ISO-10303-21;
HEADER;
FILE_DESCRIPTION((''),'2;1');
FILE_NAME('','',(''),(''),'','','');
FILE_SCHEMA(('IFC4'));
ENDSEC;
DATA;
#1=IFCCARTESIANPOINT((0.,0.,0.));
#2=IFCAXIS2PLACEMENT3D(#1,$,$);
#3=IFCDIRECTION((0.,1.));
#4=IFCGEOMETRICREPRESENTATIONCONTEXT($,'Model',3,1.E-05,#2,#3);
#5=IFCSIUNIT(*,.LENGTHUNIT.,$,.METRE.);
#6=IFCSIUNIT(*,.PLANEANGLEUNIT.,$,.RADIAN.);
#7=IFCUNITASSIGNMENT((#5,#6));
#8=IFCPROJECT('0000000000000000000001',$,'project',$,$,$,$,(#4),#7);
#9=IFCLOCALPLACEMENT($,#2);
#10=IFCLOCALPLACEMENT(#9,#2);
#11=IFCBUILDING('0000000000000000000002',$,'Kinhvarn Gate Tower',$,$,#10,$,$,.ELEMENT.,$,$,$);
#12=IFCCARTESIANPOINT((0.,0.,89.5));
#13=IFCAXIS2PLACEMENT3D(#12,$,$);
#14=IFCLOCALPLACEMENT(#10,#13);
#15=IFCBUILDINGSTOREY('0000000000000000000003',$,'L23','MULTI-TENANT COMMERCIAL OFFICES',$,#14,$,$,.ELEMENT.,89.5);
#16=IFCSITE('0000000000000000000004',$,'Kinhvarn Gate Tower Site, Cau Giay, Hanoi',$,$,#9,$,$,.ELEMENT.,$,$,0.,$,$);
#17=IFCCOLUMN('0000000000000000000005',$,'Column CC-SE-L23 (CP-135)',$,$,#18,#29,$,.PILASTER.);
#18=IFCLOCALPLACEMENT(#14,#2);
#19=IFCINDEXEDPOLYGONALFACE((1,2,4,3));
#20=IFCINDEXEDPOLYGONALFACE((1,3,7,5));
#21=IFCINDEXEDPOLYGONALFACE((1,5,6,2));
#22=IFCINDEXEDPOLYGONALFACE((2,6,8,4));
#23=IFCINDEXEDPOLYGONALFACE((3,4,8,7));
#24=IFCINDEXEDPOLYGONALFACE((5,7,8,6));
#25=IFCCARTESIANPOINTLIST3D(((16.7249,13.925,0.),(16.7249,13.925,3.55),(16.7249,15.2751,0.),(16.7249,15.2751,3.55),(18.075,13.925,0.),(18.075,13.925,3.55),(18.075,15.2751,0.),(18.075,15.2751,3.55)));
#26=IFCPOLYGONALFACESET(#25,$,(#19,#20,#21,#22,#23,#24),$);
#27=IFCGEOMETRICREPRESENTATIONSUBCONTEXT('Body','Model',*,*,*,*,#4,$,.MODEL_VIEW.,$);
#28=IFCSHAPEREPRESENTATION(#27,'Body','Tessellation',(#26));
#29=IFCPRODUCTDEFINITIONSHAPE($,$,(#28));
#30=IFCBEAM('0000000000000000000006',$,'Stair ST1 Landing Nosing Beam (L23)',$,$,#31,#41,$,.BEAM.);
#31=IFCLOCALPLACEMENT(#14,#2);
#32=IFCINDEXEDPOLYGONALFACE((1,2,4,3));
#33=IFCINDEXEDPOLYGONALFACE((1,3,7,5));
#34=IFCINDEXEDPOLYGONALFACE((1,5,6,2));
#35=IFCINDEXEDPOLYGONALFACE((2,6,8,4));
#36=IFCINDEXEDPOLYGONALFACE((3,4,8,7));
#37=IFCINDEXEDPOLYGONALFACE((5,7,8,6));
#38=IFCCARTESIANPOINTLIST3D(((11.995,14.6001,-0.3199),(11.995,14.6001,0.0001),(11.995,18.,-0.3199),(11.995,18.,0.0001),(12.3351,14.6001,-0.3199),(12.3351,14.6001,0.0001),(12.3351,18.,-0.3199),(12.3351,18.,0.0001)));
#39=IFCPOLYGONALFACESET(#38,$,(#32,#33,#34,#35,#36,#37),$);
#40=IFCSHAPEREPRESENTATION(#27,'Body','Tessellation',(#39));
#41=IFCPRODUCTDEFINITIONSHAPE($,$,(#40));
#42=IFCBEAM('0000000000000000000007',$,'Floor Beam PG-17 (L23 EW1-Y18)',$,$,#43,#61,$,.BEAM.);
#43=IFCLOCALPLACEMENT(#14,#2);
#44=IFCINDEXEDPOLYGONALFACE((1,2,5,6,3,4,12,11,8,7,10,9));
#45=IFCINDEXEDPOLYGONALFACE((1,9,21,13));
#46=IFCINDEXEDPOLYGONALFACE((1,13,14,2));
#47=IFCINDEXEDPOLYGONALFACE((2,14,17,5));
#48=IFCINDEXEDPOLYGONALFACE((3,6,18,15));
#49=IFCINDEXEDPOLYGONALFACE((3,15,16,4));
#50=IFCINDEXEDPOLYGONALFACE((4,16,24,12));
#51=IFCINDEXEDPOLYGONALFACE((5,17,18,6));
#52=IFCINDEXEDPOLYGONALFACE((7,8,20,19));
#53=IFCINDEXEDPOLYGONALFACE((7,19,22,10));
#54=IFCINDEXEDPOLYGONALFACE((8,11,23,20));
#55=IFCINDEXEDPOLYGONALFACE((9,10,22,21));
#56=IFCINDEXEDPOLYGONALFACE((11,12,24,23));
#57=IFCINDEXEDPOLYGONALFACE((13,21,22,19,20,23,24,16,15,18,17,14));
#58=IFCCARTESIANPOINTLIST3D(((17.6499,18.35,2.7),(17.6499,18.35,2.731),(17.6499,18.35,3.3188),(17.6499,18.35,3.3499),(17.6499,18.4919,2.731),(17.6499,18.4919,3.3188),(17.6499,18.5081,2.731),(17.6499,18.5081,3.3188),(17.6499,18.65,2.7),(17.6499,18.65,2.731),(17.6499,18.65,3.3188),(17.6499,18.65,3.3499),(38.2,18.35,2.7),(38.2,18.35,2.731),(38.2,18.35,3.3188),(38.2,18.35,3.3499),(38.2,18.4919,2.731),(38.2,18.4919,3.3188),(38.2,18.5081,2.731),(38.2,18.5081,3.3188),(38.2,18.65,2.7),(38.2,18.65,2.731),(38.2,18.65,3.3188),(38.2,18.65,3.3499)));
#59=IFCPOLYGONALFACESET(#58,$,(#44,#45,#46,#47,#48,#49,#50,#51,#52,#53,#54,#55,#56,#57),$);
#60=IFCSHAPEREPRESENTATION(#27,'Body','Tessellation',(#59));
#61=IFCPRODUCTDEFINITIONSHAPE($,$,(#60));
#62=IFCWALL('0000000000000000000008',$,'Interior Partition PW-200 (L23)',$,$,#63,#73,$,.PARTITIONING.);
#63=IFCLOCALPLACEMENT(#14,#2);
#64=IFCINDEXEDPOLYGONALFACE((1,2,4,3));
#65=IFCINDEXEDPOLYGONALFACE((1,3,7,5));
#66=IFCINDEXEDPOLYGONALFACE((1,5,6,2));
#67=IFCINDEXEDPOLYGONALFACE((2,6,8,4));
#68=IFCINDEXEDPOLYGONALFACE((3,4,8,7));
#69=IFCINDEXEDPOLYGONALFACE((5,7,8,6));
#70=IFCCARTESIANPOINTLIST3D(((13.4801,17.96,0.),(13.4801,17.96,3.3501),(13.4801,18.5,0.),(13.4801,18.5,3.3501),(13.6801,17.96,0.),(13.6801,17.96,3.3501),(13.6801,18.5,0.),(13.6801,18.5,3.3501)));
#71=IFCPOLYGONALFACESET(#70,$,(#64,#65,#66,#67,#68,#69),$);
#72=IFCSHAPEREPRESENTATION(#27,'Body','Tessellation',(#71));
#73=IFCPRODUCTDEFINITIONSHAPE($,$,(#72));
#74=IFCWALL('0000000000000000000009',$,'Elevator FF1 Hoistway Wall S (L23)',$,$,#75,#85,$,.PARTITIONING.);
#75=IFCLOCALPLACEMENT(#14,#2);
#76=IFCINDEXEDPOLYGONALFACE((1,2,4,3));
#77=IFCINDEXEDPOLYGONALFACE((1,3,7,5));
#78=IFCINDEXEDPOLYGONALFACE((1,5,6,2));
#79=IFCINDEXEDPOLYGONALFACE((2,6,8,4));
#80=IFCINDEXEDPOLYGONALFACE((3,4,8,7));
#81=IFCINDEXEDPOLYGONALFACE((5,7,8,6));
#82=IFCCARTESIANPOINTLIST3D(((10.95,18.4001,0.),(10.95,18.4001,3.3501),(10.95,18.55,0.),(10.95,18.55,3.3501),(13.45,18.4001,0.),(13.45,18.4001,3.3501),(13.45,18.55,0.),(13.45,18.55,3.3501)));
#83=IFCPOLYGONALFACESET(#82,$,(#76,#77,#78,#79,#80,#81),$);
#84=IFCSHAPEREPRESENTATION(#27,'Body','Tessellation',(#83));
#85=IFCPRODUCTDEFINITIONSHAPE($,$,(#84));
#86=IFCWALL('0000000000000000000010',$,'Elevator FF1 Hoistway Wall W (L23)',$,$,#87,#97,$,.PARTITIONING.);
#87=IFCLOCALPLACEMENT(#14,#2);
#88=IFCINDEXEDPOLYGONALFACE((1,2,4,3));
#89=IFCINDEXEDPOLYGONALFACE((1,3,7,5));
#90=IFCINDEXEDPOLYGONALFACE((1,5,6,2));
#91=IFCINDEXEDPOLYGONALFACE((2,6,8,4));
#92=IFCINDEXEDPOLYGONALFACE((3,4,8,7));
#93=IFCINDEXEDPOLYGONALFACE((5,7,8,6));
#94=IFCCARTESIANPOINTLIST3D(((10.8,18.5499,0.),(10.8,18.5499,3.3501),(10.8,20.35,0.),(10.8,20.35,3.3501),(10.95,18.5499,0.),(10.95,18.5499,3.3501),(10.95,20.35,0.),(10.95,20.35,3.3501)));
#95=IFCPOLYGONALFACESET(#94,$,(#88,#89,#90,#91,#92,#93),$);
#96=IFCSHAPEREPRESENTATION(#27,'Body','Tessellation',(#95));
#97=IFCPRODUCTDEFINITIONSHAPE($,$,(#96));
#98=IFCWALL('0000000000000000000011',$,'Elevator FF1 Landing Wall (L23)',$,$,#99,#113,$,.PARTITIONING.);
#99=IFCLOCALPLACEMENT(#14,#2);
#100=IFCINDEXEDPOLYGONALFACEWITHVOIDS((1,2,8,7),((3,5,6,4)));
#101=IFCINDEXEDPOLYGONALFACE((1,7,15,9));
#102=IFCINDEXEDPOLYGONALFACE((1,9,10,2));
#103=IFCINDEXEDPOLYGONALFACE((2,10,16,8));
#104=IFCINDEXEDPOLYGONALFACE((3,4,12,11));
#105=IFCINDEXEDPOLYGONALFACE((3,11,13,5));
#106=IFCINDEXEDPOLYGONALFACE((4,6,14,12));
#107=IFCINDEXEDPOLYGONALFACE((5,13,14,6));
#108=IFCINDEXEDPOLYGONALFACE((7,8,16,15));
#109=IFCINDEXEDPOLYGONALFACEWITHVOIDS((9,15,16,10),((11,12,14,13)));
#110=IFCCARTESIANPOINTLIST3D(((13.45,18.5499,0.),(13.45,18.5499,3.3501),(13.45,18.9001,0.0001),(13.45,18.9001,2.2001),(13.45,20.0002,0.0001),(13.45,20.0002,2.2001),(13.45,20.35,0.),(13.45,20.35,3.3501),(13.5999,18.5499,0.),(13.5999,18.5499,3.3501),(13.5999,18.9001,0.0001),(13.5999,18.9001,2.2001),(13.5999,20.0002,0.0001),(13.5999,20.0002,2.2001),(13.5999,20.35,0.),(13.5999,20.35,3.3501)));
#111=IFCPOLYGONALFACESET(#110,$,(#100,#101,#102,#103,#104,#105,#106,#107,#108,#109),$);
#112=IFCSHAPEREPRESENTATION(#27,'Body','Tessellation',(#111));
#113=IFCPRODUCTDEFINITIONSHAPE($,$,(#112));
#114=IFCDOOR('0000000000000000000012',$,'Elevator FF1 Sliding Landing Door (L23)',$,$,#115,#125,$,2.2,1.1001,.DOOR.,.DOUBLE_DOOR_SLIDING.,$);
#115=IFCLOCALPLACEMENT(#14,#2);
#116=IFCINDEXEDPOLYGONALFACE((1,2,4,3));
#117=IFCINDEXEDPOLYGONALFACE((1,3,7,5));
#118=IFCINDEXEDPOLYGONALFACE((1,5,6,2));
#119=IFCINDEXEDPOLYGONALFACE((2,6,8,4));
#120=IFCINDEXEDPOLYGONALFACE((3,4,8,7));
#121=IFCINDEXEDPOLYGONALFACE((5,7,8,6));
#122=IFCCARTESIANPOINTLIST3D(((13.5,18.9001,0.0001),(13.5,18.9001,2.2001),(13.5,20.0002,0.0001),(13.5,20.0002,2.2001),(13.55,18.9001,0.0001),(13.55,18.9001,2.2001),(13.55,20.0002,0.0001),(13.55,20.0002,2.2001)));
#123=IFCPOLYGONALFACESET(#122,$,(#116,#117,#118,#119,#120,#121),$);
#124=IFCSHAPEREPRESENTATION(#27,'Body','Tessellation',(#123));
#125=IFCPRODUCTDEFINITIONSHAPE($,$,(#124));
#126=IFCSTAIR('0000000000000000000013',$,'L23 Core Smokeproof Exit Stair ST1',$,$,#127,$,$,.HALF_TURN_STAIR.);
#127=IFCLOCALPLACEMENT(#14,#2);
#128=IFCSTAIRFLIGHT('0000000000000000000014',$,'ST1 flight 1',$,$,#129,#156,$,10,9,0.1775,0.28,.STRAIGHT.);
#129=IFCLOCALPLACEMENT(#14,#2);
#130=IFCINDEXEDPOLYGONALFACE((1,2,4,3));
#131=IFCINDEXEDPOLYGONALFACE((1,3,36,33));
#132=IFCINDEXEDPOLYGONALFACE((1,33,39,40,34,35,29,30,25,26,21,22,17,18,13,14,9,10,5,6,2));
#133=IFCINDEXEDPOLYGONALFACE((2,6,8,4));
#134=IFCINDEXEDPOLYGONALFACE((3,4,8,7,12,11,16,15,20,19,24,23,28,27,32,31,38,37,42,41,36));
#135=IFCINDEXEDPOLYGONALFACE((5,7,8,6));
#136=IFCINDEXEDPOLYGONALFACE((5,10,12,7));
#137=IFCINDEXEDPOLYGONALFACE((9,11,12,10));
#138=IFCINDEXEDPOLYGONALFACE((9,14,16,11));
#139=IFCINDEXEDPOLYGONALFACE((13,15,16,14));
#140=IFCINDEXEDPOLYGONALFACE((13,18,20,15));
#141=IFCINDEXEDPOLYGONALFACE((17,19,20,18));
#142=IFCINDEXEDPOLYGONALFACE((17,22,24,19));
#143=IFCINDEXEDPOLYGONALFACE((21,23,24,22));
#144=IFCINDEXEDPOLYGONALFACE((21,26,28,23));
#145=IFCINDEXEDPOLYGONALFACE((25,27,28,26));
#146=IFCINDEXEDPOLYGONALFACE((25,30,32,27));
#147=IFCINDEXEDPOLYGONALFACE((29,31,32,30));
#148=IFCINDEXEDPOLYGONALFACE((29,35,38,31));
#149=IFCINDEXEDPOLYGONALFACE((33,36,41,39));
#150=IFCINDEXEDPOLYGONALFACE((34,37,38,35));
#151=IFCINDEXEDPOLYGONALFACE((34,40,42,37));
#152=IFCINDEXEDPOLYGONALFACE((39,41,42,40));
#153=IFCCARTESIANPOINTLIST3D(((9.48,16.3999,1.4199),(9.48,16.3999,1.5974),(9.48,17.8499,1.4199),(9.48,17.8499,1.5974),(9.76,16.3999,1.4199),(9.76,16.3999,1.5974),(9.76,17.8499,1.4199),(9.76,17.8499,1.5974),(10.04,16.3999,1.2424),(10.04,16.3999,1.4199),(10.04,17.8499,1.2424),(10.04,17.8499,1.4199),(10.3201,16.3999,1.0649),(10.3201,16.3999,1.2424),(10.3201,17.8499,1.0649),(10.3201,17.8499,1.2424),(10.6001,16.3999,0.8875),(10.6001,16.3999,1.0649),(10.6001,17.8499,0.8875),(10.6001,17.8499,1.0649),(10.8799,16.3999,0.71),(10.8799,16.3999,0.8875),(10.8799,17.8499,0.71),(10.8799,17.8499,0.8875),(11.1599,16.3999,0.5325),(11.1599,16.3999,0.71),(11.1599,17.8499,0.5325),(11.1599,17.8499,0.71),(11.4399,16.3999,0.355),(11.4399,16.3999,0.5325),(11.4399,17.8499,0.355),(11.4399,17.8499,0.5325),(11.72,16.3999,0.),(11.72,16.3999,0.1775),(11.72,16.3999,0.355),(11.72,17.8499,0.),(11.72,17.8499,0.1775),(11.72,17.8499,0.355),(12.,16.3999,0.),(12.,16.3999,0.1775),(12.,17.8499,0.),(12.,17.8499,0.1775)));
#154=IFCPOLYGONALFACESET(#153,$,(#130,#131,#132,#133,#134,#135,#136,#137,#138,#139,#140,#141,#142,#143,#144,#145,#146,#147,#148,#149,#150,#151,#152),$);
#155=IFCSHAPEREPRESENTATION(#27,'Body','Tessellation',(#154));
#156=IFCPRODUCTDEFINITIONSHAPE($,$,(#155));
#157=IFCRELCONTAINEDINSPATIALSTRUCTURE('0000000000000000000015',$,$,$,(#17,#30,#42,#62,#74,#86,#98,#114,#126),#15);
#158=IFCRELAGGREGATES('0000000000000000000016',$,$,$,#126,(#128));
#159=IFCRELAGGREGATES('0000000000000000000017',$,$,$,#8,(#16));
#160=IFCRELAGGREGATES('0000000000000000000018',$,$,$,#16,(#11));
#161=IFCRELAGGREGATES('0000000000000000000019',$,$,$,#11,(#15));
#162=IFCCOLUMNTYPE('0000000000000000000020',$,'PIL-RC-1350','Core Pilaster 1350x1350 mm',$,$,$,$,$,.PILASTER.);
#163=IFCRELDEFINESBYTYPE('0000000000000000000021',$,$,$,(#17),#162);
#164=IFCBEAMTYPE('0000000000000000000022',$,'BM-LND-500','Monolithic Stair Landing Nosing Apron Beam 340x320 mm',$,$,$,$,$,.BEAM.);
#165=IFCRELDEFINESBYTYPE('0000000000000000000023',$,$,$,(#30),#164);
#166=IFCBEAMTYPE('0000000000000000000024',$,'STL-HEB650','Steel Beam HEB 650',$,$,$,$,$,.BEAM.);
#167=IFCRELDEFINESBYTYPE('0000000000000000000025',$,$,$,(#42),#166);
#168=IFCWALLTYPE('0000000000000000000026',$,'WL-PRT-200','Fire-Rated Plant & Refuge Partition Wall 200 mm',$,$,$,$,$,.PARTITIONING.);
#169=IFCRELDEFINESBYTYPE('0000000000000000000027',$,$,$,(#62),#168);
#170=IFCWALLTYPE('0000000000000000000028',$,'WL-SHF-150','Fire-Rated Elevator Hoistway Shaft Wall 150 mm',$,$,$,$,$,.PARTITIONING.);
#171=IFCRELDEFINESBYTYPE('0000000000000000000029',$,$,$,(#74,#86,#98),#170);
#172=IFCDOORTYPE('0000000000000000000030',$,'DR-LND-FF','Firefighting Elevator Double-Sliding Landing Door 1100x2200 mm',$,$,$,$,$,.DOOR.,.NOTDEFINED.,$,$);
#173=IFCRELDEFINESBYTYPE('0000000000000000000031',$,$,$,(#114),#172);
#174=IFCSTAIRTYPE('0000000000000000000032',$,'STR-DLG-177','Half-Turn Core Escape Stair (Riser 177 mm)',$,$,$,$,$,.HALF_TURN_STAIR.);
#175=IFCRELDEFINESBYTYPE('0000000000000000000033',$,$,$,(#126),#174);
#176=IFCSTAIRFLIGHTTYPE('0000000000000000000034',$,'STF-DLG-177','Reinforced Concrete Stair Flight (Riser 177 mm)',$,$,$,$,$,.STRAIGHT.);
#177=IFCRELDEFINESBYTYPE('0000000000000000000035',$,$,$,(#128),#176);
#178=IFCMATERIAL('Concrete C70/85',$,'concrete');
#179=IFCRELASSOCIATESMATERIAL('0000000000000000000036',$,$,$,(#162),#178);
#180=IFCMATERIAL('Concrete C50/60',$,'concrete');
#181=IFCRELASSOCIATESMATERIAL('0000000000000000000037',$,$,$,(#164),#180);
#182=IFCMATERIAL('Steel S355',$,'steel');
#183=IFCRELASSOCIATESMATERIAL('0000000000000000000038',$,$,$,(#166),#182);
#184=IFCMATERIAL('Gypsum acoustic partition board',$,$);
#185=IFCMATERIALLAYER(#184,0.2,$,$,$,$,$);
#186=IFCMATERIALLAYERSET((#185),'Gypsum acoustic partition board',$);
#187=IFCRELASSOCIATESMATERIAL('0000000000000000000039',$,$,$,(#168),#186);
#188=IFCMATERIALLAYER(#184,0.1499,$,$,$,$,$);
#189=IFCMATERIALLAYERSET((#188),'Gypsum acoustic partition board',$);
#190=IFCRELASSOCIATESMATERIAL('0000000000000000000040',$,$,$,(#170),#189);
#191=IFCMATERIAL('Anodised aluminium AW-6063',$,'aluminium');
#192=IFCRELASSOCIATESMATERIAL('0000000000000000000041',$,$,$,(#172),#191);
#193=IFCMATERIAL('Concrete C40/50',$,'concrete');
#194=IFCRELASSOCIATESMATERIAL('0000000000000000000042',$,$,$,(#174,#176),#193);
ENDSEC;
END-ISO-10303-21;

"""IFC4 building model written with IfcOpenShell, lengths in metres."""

from ifc_helpers import new_model, si_unit, direction, frame, frame_2d, origin, origin_2d, place, context, subcontext, project, spatial, polyline, rectangle, i_section, outline, extrude, material, layer, layer_set, material_profile, profile_set, type_object, element, fill, aggregate, save


model = new_model("IFC4")

# Units and contexts
model_context = context("Model", 3, precision=1e-05, world=origin(), true_north=direction((0.0, 1.0)))
body_context = subcontext(model_context, "Body", "Model", "MODEL_VIEW")
ifc_project = project(units=[si_unit("LENGTHUNIT", "METRE"), si_unit("PLANEANGLEUNIT", "RADIAN")], contexts=[model_context])

# Site, building, storey
site_placement = place(None, origin())
site = spatial("IfcSite", under=ifc_project, at=site_placement, Name="Kinhvarn Gate Tower Site, Cau Giay, Hanoi", CompositionType="ELEMENT", RefElevation=0.0)
building_placement = place(site_placement, origin())
building = spatial("IfcBuilding", under=site, at=building_placement, Name="Kinhvarn Gate Tower", CompositionType="ELEMENT")
storey_placement = place(building_placement, frame((0.0, 0.0, 89.5)))
storey = spatial("IfcBuildingStorey", under=building, at=storey_placement, Name="L23", Description="MULTI-TENANT COMMERCIAL OFFICES", CompositionType="ELEMENT", Elevation=89.5)

# Column
ifc_material_1 = material(Name="Concrete C70/85", Category="concrete")
ifc_material_profile_1 = material_profile(ifc_material_1, rectangle(XDim=1.3501, YDim=1.3501, at=origin_2d()), Name="RC 1350x1350")
ifc_profile_set_1 = profile_set([ifc_material_profile_1], Name="Concrete C70/85")
column_type = type_object("IfcColumnType", Name="PIL-RC-1350", Description="Core Pilaster 1350x1350 mm", PredefinedType="PILASTER", material=ifc_profile_set_1)
column_placement = place(storey_placement, frame((17.3999, 14.6001, 0.0), z_axis=(0.0, 0.0, 1.0), x_axis=(1.0, 0.0, 0.0)))
element("IfcColumn", 1, at=column_placement, inside=storey, type_object=column_type, Name="Column CC-SE-L23 (CP-135)", PredefinedType="PILASTER", context=body_context, shape_type="SweptSolid", body=[
    extrude(rectangle(XDim=1.3501, YDim=1.3501, at=origin_2d()), origin(), (0.0, 0.0, 1.0), 3.55),
])

# Beams
ifc_material_2 = material(Name="Concrete C50/60", Category="concrete")
ifc_material_profile_2 = material_profile(ifc_material_2, rectangle(XDim=0.3401, YDim=0.3201, at=origin_2d()), Name="RC 340x320")
ifc_profile_set_2 = profile_set([ifc_material_profile_2], Name="Concrete C50/60")
beam_type_1 = type_object("IfcBeamType", Name="BM-LND-500", Description="Monolithic Stair Landing Nosing Apron Beam 340x320 mm", PredefinedType="BEAM", material=ifc_profile_set_2)
beam_1_placement = place(storey_placement, frame((12.165, 14.6001, -0.1599), z_axis=(0.0, 1.0, 0.0), x_axis=(-1.0, 0.0, 0.0)))
element("IfcBeam", 2, at=beam_1_placement, inside=storey, type_object=beam_type_1, Name="Stair ST1 Landing Nosing Beam (L23)", PredefinedType="BEAM", context=body_context, shape_type="SweptSolid", body=[
    extrude(rectangle(XDim=0.3401, YDim=0.3201, at=origin_2d()), origin(), (0.0, 0.0, 1.0), 3.3999),
])
ifc_material_3 = material(Name="Steel S355", Category="steel")
ifc_material_profile_3 = material_profile(ifc_material_3, i_section(OverallWidth=0.3, OverallDepth=0.6499, WebThickness=0.0161, FlangeThickness=0.031, at=origin_2d()), Name="HEB 650")
ifc_profile_set_3 = profile_set([ifc_material_profile_3], Name="Steel S355")
beam_type_2 = type_object("IfcBeamType", Name="STL-HEB650", Description="Steel Beam HEB 650", PredefinedType="BEAM", material=ifc_profile_set_3)
beam_2_placement = place(storey_placement, frame((17.6499, 18.5, 3.0249), z_axis=(1.0, 0.0, 0.0), x_axis=(0.0, 1.0, 0.0)))
element("IfcBeam", 3, at=beam_2_placement, inside=storey, type_object=beam_type_2, Name="Floor Beam PG-17 (L23 EW1-Y18)", PredefinedType="BEAM", context=body_context, shape_type="SweptSolid", body=[
    extrude(i_section(OverallWidth=0.3, OverallDepth=0.6499, WebThickness=0.0161, FlangeThickness=0.031, at=origin_2d()), origin(), (0.0, 0.0, 1.0), 20.55),
])

# Shared definitions
ifc_material_4 = material(Name="Anodised aluminium AW-6063", Category="aluminium")

# Walls
ifc_material_5 = material(Name="Gypsum acoustic partition board")
ifc_layer_1 = layer(ifc_material_5, 0.2)
ifc_layer_set_1 = layer_set([ifc_layer_1], Name="Gypsum acoustic partition board")
wall_type_1 = type_object("IfcWallType", Name="WL-PRT-200", Description="Fire-Rated Plant & Refuge Partition Wall 200 mm", PredefinedType="PARTITIONING", material=ifc_layer_set_1)
wall_1_placement = place(storey_placement, frame((13.5801, 17.96, 0.0), z_axis=(0.0, 0.0, 1.0), x_axis=(0.0, 1.0, 0.0)))
element("IfcWall", 4, at=wall_1_placement, inside=storey, type_object=wall_type_1, Name="Interior Partition PW-200 (L23)", PredefinedType="PARTITIONING", context=body_context, shape_type="SweptSolid", body=[
    extrude(rectangle(XDim=0.54, YDim=0.2, at=frame_2d((0.27, 0.0))), origin(), (0.0, 0.0, 1.0), 3.3501),
])
ifc_layer_2 = layer(ifc_material_5, 0.1499)
ifc_layer_set_2 = layer_set([ifc_layer_2], Name="Gypsum acoustic partition board")
wall_type_2 = type_object("IfcWallType", Name="WL-SHF-150", Description="Fire-Rated Elevator Hoistway Shaft Wall 150 mm", PredefinedType="PARTITIONING", material=ifc_layer_set_2)
wall_2_placement = place(storey_placement, frame((10.95, 18.4751, 0.0), z_axis=(0.0, 0.0, 1.0), x_axis=(1.0, 0.0, 0.0)))
element("IfcWall", 5, at=wall_2_placement, inside=storey, type_object=wall_type_2, Name="Elevator FF1 Hoistway Wall S (L23)", PredefinedType="PARTITIONING", context=body_context, shape_type="SweptSolid", body=[
    extrude(rectangle(XDim=2.5, YDim=0.1499, at=frame_2d((1.25, 0.0))), origin(), (0.0, 0.0, 1.0), 3.3501),
])
wall_3_placement = place(storey_placement, frame((10.875, 18.55, 0.0), z_axis=(0.0, 0.0, 1.0), x_axis=(0.0, 1.0, 0.0)))
element("IfcWall", 6, at=wall_3_placement, inside=storey, type_object=wall_type_2, Name="Elevator FF1 Hoistway Wall W (L23)", PredefinedType="PARTITIONING", context=body_context, shape_type="SweptSolid", body=[
    extrude(rectangle(XDim=1.8, YDim=0.1499, at=frame_2d((0.8999, 0.0))), origin(), (0.0, 0.0, 1.0), 3.3501),
])

# Wall, opening, door
wall_4_placement = place(storey_placement, frame((13.5249, 18.55, 0.0), z_axis=(0.0, 0.0, 1.0), x_axis=(0.0, 1.0, 0.0)))
wall_4 = element("IfcWall", 7, at=wall_4_placement, inside=storey, type_object=wall_type_2, Name="Elevator FF1 Landing Wall (L23)", PredefinedType="PARTITIONING", context=body_context, shape_type="SweptSolid", body=[
    extrude(rectangle(XDim=1.8, YDim=0.1499, at=frame_2d((0.8999, 0.0))), origin(), (0.0, 0.0, 1.0), 3.3501),
])
opening_1_placement = place(wall_4_placement, frame((0.3501, 0.0, 0.0)))
opening_1 = element("IfcOpeningElement", 8, at=opening_1_placement, cuts=wall_4, PredefinedType="OPENING", context=body_context, shape_type="SweptSolid", body=[
    extrude(rectangle(XDim=1.1001, YDim=2.2, at=frame_2d((0.55, 1.1001))), frame((0.0, 0.085, 0.0), z_axis=(0.0, -1.0, 0.0), x_axis=(1.0, 0.0, 0.0)), (0.0, 0.0, 1.0), 0.1699),
])
door_type_1 = type_object("IfcDoorType", Name="DR-LND-FF", Description="Firefighting Elevator Double-Sliding Landing Door 1100x2200 mm", OperationType="NOTDEFINED", PredefinedType="DOOR", material=ifc_material_4)
door_1_placement = place(opening_1_placement, origin())
door_1 = element("IfcDoor", 9, at=door_1_placement, inside=storey, type_object=door_type_1, Name="Elevator FF1 Sliding Landing Door (L23)", OperationType="DOUBLE_DOOR_SLIDING", OverallHeight=2.2, OverallWidth=1.1001, PredefinedType="DOOR", context=body_context, shape_type="SweptSolid", body=[
    extrude(rectangle(XDim=1.1001, YDim=2.2, at=frame_2d((0.55, 1.1001))), frame((0.0, 0.0249, 0.0), z_axis=(0.0, -1.0, 0.0), x_axis=(1.0, 0.0, 0.0)), (0.0, 0.0, 1.0), 0.05),
])
fill(opening_1, door_1)
ifc_material_6 = material(Name="Concrete C40/50", Category="concrete")

# Stair, stair flight
stair_type = type_object("IfcStairType", Name="STR-DLG-177", Description="Half-Turn Core Escape Stair (Riser 177 mm)", PredefinedType="HALF_TURN_STAIR", material=ifc_material_6)
stair_placement = place(storey_placement, origin())
stair = element("IfcStair", 10, at=stair_placement, inside=storey, type_object=stair_type, Name="L23 Core Smokeproof Exit Stair ST1", PredefinedType="HALF_TURN_STAIR")
stair_flight_type = type_object("IfcStairFlightType", Name="STF-DLG-177", Description="Reinforced Concrete Stair Flight (Riser 177 mm)", PredefinedType="STRAIGHT", material=ifc_material_6)
stair_flight_1_placement = place(storey_placement, frame((12.0, 17.125, 0.0), z_axis=(0.0, 0.0, 1.0), x_axis=(-1.0, 0.0, 0.0)))
stair_flight_1 = element("IfcStairFlight", 11, at=stair_flight_1_placement, type_object=stair_flight_type, Name="ST1 flight 1", NumberOfRisers=10, NumberOfTreads=9, PredefinedType="STRAIGHT", RiserHeight=0.1775, TreadLength=0.28, context=body_context, shape_type="SweptSolid", body=[
    extrude(outline(polyline([(0.0, 0.0), (0.0, 0.1775), (0.28, 0.1775), (0.28, 0.355), (0.5601, 0.355), (0.5601, 0.5325), (0.8401, 0.5325), (0.8401, 0.71), (1.1201, 0.71), (1.1201, 0.8875), (1.3999, 0.8875), (1.3999, 1.0649), (1.6799, 1.0649), (1.6799, 1.2424), (1.96, 1.2424), (1.96, 1.4199), (2.24, 1.4199), (2.24, 1.5974), (2.52, 1.5974), (2.52, 1.7749), (2.52, 1.4199), (0.28, 0.0), (0.0, 0.0)])), frame((0.0, 0.7251, 0.0), z_axis=(0.0, -1.0, 0.0), x_axis=(1.0, 0.0, 0.0)), (0.0, 0.0, 1.0), 1.45),
])
aggregate(stair, [stair_flight_1])

save(model, "model.ifc")
